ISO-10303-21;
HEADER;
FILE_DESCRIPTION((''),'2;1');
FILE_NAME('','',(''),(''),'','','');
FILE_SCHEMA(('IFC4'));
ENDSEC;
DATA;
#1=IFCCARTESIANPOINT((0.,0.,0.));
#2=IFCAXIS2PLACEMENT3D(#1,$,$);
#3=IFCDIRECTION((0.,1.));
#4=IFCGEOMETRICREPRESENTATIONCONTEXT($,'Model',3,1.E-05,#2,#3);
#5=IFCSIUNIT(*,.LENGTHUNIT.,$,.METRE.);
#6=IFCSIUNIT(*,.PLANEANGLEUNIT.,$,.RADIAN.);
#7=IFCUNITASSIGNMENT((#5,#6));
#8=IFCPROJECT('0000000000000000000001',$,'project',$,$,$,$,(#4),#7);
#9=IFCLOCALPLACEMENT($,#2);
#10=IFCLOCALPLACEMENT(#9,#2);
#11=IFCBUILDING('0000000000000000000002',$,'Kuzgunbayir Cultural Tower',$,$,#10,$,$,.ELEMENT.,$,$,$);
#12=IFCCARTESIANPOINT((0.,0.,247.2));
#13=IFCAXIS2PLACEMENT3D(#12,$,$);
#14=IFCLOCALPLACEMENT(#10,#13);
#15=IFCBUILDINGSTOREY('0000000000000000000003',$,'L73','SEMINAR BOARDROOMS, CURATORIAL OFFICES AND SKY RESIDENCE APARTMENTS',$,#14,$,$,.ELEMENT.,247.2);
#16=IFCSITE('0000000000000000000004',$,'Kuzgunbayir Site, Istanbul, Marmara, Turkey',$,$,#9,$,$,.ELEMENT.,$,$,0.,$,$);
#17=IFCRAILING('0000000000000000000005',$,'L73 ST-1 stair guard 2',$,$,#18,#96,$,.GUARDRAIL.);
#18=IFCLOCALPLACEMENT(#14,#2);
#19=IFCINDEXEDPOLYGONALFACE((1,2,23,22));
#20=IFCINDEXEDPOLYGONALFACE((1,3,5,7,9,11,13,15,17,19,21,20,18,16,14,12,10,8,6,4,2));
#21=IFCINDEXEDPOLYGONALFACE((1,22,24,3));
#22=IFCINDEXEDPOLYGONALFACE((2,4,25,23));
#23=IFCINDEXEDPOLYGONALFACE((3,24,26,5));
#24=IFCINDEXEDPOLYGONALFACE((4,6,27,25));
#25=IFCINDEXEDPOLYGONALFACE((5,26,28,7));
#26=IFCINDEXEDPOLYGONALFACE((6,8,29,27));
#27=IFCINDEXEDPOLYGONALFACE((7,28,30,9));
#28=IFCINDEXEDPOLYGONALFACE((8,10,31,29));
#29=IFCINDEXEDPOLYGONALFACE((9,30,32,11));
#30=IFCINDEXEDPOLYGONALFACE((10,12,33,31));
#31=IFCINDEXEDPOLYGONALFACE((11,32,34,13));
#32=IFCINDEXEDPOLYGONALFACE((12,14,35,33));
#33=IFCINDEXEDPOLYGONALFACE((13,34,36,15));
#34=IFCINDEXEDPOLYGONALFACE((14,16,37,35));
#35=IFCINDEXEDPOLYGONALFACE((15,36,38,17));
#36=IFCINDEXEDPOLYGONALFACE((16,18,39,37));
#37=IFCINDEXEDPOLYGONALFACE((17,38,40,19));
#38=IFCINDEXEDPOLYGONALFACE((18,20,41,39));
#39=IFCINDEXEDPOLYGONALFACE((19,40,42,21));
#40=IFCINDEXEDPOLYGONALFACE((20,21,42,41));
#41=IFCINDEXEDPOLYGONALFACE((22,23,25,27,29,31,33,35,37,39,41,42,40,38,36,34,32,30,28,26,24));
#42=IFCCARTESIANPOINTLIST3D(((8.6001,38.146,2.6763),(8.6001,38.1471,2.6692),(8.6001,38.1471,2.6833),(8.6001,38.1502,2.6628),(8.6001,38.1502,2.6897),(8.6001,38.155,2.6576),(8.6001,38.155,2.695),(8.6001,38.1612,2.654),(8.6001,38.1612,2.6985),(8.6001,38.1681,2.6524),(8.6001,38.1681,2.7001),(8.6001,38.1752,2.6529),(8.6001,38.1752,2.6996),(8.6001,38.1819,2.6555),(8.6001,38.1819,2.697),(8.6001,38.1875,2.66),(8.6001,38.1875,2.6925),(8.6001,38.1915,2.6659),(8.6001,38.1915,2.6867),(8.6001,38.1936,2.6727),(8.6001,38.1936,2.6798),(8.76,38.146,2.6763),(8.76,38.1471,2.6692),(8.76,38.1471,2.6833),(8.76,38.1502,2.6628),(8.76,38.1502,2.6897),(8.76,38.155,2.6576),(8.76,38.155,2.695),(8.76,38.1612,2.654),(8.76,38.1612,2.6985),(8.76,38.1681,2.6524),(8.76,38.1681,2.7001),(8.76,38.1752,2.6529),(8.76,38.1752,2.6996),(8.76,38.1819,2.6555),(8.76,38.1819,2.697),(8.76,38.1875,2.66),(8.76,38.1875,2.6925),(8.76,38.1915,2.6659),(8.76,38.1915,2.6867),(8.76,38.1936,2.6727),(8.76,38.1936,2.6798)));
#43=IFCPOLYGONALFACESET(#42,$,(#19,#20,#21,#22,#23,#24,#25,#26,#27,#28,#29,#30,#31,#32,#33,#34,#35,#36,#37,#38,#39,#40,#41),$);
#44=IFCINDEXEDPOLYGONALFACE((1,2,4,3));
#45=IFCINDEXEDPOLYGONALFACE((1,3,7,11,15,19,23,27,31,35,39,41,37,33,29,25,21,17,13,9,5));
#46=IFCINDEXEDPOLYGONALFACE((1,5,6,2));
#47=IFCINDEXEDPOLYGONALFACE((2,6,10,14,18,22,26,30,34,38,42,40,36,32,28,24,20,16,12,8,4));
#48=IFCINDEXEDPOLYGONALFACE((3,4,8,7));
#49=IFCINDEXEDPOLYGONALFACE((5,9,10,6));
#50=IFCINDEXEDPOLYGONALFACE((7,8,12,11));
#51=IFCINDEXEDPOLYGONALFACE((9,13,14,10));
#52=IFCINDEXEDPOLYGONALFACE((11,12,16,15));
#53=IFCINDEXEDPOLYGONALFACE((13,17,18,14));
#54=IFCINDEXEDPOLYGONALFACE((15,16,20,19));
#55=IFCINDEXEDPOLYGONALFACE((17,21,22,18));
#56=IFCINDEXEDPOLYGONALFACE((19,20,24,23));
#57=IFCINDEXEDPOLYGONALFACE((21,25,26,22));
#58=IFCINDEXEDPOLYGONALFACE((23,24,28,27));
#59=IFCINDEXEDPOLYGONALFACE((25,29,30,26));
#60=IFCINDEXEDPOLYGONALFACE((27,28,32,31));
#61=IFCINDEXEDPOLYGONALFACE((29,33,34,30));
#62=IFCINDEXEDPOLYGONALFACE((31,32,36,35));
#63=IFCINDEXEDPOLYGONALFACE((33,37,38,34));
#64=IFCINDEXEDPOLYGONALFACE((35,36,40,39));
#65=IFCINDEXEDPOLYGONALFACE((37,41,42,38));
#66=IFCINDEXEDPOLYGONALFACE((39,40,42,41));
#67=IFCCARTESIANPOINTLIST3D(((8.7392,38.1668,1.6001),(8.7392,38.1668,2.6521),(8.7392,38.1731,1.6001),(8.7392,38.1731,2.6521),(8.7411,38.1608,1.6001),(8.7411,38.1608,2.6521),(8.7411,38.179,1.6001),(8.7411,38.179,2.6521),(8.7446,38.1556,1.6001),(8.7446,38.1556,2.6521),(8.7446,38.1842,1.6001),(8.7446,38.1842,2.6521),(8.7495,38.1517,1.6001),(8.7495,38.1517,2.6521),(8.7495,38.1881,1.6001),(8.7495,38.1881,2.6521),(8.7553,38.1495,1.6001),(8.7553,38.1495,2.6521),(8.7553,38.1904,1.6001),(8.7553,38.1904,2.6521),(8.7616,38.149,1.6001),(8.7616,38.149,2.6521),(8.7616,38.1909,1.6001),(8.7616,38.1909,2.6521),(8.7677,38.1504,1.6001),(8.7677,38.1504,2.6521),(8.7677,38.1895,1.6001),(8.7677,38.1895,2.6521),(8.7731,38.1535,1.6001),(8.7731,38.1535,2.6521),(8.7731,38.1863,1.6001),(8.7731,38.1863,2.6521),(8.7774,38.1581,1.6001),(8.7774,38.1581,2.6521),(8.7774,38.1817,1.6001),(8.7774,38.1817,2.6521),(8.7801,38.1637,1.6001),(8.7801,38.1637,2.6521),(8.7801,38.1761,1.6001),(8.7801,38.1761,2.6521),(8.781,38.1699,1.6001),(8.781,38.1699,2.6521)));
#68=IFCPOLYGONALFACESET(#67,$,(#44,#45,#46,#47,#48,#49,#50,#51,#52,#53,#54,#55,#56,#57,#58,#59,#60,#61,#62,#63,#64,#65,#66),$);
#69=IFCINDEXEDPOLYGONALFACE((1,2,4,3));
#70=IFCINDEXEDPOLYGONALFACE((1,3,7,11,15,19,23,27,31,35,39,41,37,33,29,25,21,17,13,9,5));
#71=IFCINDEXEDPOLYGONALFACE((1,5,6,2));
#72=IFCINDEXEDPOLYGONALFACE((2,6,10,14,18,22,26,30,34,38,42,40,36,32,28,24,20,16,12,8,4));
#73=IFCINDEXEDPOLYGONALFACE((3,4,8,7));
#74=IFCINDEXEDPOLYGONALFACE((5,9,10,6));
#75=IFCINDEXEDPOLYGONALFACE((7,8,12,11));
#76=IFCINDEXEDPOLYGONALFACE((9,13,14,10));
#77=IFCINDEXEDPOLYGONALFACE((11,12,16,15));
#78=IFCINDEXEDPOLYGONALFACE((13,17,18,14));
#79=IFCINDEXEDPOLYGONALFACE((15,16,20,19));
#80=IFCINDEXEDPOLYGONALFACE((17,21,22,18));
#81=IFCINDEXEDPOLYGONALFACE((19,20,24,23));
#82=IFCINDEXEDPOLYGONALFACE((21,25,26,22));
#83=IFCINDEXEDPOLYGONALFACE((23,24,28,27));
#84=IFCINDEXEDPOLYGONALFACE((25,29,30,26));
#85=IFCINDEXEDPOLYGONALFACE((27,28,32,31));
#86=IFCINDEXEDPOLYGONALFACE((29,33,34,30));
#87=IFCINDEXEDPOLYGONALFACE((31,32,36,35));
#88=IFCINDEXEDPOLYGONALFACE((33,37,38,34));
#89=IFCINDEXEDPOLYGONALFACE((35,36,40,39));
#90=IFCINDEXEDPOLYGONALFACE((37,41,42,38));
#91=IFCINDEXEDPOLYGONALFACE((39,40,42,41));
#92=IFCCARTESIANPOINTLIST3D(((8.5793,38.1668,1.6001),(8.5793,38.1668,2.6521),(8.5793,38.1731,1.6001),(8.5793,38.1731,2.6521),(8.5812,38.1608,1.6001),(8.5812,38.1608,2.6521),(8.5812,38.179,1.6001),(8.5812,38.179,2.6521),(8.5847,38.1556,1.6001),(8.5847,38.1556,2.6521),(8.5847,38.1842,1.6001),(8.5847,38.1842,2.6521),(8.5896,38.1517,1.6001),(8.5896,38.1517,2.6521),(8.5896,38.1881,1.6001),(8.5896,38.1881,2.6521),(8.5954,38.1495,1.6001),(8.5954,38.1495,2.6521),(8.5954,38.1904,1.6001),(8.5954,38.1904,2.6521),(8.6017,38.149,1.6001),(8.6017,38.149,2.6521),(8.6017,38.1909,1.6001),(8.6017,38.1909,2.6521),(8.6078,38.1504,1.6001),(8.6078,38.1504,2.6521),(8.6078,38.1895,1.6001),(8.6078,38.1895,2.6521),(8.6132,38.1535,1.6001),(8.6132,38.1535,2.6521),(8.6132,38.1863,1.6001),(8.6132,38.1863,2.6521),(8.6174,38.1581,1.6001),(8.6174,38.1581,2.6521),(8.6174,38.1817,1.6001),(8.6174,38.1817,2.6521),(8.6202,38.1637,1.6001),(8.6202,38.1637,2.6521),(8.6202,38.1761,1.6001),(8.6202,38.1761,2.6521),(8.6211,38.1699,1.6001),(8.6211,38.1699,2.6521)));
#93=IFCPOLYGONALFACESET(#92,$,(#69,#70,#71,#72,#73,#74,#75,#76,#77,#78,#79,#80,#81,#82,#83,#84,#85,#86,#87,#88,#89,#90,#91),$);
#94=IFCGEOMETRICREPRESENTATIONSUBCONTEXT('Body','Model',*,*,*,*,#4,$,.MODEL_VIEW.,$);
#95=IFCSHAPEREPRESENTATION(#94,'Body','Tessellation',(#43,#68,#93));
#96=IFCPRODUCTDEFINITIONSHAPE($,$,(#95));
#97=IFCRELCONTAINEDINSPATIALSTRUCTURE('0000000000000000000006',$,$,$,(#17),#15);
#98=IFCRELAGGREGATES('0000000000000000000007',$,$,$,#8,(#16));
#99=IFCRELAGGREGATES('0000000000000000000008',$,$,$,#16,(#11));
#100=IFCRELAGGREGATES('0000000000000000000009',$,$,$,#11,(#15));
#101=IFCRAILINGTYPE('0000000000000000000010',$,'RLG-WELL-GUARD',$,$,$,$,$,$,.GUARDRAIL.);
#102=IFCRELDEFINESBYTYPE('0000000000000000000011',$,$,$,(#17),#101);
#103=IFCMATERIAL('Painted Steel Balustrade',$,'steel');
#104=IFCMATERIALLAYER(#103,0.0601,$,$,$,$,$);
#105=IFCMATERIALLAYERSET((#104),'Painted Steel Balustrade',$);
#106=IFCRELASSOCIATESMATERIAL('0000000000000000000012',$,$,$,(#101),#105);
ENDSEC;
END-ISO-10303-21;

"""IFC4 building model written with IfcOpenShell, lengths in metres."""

from ifc_helpers import new_model, si_unit, direction, frame, origin, origin_2d, place, context, subcontext, project, spatial, circle, extrude, material, layer, layer_set, type_object, element, save


model = new_model("IFC4")

# Units and contexts
model_context = context("Model", 3, precision=1e-05, world=origin(), true_north=direction((0.0, 1.0)))
body_context = subcontext(model_context, "Body", "Model", "MODEL_VIEW")
ifc_project = project(units=[si_unit("LENGTHUNIT", "METRE"), si_unit("PLANEANGLEUNIT", "RADIAN")], contexts=[model_context])

# Site, building, storey
site_placement = place(None, origin())
site = spatial("IfcSite", under=ifc_project, at=site_placement, Name="Kuzgunbayir Site, Istanbul, Marmara, Turkey", CompositionType="ELEMENT", RefElevation=0.0)
building_placement = place(site_placement, origin())
building = spatial("IfcBuilding", under=site, at=building_placement, Name="Kuzgunbayir Cultural Tower", CompositionType="ELEMENT")
storey_placement = place(building_placement, frame((0.0, 0.0, 247.2)))
storey = spatial("IfcBuildingStorey", under=building, at=storey_placement, Name="L73", Description="SEMINAR BOARDROOMS, CURATORIAL OFFICES AND SKY RESIDENCE APARTMENTS", CompositionType="ELEMENT", Elevation=247.2)

# Railing
ifc_material_1 = material(Name="Painted Steel Balustrade", Category="steel")
ifc_layer_1 = layer(ifc_material_1, 0.0601)
ifc_layer_set_1 = layer_set([ifc_layer_1], Name="Painted Steel Balustrade")
railing_type_1 = type_object("IfcRailingType", Name="RLG-WELL-GUARD", PredefinedType="GUARDRAIL", material=ifc_layer_set_1)
railing_1_placement = place(storey_placement, frame((8.76, 38.1699, 1.6001)))
element("IfcRailing", 1, at=railing_1_placement, inside=storey, type_object=railing_type_1, Name="L73 ST-1 stair guard 2", PredefinedType="GUARDRAIL", context=body_context, shape_type="SweptSolid", body=[
    extrude(circle(Radius=0.0239, at=origin_2d()), frame((0.0, 0.0, 1.0762), z_axis=(-1.0, 0.0, 0.0), x_axis=(0.0, -1.0, 0.0)), (0.0, 0.0, 1.0), 0.1599),
    extrude(circle(Radius=0.021, at=origin_2d()), origin(), (0.0, 0.0, 1.0), 1.052),
    extrude(circle(Radius=0.021, at=origin_2d()), frame((-0.1599, 0.0, 0.0)), (0.0, 0.0, 1.0), 1.052),
])

save(model, "model.ifc")
